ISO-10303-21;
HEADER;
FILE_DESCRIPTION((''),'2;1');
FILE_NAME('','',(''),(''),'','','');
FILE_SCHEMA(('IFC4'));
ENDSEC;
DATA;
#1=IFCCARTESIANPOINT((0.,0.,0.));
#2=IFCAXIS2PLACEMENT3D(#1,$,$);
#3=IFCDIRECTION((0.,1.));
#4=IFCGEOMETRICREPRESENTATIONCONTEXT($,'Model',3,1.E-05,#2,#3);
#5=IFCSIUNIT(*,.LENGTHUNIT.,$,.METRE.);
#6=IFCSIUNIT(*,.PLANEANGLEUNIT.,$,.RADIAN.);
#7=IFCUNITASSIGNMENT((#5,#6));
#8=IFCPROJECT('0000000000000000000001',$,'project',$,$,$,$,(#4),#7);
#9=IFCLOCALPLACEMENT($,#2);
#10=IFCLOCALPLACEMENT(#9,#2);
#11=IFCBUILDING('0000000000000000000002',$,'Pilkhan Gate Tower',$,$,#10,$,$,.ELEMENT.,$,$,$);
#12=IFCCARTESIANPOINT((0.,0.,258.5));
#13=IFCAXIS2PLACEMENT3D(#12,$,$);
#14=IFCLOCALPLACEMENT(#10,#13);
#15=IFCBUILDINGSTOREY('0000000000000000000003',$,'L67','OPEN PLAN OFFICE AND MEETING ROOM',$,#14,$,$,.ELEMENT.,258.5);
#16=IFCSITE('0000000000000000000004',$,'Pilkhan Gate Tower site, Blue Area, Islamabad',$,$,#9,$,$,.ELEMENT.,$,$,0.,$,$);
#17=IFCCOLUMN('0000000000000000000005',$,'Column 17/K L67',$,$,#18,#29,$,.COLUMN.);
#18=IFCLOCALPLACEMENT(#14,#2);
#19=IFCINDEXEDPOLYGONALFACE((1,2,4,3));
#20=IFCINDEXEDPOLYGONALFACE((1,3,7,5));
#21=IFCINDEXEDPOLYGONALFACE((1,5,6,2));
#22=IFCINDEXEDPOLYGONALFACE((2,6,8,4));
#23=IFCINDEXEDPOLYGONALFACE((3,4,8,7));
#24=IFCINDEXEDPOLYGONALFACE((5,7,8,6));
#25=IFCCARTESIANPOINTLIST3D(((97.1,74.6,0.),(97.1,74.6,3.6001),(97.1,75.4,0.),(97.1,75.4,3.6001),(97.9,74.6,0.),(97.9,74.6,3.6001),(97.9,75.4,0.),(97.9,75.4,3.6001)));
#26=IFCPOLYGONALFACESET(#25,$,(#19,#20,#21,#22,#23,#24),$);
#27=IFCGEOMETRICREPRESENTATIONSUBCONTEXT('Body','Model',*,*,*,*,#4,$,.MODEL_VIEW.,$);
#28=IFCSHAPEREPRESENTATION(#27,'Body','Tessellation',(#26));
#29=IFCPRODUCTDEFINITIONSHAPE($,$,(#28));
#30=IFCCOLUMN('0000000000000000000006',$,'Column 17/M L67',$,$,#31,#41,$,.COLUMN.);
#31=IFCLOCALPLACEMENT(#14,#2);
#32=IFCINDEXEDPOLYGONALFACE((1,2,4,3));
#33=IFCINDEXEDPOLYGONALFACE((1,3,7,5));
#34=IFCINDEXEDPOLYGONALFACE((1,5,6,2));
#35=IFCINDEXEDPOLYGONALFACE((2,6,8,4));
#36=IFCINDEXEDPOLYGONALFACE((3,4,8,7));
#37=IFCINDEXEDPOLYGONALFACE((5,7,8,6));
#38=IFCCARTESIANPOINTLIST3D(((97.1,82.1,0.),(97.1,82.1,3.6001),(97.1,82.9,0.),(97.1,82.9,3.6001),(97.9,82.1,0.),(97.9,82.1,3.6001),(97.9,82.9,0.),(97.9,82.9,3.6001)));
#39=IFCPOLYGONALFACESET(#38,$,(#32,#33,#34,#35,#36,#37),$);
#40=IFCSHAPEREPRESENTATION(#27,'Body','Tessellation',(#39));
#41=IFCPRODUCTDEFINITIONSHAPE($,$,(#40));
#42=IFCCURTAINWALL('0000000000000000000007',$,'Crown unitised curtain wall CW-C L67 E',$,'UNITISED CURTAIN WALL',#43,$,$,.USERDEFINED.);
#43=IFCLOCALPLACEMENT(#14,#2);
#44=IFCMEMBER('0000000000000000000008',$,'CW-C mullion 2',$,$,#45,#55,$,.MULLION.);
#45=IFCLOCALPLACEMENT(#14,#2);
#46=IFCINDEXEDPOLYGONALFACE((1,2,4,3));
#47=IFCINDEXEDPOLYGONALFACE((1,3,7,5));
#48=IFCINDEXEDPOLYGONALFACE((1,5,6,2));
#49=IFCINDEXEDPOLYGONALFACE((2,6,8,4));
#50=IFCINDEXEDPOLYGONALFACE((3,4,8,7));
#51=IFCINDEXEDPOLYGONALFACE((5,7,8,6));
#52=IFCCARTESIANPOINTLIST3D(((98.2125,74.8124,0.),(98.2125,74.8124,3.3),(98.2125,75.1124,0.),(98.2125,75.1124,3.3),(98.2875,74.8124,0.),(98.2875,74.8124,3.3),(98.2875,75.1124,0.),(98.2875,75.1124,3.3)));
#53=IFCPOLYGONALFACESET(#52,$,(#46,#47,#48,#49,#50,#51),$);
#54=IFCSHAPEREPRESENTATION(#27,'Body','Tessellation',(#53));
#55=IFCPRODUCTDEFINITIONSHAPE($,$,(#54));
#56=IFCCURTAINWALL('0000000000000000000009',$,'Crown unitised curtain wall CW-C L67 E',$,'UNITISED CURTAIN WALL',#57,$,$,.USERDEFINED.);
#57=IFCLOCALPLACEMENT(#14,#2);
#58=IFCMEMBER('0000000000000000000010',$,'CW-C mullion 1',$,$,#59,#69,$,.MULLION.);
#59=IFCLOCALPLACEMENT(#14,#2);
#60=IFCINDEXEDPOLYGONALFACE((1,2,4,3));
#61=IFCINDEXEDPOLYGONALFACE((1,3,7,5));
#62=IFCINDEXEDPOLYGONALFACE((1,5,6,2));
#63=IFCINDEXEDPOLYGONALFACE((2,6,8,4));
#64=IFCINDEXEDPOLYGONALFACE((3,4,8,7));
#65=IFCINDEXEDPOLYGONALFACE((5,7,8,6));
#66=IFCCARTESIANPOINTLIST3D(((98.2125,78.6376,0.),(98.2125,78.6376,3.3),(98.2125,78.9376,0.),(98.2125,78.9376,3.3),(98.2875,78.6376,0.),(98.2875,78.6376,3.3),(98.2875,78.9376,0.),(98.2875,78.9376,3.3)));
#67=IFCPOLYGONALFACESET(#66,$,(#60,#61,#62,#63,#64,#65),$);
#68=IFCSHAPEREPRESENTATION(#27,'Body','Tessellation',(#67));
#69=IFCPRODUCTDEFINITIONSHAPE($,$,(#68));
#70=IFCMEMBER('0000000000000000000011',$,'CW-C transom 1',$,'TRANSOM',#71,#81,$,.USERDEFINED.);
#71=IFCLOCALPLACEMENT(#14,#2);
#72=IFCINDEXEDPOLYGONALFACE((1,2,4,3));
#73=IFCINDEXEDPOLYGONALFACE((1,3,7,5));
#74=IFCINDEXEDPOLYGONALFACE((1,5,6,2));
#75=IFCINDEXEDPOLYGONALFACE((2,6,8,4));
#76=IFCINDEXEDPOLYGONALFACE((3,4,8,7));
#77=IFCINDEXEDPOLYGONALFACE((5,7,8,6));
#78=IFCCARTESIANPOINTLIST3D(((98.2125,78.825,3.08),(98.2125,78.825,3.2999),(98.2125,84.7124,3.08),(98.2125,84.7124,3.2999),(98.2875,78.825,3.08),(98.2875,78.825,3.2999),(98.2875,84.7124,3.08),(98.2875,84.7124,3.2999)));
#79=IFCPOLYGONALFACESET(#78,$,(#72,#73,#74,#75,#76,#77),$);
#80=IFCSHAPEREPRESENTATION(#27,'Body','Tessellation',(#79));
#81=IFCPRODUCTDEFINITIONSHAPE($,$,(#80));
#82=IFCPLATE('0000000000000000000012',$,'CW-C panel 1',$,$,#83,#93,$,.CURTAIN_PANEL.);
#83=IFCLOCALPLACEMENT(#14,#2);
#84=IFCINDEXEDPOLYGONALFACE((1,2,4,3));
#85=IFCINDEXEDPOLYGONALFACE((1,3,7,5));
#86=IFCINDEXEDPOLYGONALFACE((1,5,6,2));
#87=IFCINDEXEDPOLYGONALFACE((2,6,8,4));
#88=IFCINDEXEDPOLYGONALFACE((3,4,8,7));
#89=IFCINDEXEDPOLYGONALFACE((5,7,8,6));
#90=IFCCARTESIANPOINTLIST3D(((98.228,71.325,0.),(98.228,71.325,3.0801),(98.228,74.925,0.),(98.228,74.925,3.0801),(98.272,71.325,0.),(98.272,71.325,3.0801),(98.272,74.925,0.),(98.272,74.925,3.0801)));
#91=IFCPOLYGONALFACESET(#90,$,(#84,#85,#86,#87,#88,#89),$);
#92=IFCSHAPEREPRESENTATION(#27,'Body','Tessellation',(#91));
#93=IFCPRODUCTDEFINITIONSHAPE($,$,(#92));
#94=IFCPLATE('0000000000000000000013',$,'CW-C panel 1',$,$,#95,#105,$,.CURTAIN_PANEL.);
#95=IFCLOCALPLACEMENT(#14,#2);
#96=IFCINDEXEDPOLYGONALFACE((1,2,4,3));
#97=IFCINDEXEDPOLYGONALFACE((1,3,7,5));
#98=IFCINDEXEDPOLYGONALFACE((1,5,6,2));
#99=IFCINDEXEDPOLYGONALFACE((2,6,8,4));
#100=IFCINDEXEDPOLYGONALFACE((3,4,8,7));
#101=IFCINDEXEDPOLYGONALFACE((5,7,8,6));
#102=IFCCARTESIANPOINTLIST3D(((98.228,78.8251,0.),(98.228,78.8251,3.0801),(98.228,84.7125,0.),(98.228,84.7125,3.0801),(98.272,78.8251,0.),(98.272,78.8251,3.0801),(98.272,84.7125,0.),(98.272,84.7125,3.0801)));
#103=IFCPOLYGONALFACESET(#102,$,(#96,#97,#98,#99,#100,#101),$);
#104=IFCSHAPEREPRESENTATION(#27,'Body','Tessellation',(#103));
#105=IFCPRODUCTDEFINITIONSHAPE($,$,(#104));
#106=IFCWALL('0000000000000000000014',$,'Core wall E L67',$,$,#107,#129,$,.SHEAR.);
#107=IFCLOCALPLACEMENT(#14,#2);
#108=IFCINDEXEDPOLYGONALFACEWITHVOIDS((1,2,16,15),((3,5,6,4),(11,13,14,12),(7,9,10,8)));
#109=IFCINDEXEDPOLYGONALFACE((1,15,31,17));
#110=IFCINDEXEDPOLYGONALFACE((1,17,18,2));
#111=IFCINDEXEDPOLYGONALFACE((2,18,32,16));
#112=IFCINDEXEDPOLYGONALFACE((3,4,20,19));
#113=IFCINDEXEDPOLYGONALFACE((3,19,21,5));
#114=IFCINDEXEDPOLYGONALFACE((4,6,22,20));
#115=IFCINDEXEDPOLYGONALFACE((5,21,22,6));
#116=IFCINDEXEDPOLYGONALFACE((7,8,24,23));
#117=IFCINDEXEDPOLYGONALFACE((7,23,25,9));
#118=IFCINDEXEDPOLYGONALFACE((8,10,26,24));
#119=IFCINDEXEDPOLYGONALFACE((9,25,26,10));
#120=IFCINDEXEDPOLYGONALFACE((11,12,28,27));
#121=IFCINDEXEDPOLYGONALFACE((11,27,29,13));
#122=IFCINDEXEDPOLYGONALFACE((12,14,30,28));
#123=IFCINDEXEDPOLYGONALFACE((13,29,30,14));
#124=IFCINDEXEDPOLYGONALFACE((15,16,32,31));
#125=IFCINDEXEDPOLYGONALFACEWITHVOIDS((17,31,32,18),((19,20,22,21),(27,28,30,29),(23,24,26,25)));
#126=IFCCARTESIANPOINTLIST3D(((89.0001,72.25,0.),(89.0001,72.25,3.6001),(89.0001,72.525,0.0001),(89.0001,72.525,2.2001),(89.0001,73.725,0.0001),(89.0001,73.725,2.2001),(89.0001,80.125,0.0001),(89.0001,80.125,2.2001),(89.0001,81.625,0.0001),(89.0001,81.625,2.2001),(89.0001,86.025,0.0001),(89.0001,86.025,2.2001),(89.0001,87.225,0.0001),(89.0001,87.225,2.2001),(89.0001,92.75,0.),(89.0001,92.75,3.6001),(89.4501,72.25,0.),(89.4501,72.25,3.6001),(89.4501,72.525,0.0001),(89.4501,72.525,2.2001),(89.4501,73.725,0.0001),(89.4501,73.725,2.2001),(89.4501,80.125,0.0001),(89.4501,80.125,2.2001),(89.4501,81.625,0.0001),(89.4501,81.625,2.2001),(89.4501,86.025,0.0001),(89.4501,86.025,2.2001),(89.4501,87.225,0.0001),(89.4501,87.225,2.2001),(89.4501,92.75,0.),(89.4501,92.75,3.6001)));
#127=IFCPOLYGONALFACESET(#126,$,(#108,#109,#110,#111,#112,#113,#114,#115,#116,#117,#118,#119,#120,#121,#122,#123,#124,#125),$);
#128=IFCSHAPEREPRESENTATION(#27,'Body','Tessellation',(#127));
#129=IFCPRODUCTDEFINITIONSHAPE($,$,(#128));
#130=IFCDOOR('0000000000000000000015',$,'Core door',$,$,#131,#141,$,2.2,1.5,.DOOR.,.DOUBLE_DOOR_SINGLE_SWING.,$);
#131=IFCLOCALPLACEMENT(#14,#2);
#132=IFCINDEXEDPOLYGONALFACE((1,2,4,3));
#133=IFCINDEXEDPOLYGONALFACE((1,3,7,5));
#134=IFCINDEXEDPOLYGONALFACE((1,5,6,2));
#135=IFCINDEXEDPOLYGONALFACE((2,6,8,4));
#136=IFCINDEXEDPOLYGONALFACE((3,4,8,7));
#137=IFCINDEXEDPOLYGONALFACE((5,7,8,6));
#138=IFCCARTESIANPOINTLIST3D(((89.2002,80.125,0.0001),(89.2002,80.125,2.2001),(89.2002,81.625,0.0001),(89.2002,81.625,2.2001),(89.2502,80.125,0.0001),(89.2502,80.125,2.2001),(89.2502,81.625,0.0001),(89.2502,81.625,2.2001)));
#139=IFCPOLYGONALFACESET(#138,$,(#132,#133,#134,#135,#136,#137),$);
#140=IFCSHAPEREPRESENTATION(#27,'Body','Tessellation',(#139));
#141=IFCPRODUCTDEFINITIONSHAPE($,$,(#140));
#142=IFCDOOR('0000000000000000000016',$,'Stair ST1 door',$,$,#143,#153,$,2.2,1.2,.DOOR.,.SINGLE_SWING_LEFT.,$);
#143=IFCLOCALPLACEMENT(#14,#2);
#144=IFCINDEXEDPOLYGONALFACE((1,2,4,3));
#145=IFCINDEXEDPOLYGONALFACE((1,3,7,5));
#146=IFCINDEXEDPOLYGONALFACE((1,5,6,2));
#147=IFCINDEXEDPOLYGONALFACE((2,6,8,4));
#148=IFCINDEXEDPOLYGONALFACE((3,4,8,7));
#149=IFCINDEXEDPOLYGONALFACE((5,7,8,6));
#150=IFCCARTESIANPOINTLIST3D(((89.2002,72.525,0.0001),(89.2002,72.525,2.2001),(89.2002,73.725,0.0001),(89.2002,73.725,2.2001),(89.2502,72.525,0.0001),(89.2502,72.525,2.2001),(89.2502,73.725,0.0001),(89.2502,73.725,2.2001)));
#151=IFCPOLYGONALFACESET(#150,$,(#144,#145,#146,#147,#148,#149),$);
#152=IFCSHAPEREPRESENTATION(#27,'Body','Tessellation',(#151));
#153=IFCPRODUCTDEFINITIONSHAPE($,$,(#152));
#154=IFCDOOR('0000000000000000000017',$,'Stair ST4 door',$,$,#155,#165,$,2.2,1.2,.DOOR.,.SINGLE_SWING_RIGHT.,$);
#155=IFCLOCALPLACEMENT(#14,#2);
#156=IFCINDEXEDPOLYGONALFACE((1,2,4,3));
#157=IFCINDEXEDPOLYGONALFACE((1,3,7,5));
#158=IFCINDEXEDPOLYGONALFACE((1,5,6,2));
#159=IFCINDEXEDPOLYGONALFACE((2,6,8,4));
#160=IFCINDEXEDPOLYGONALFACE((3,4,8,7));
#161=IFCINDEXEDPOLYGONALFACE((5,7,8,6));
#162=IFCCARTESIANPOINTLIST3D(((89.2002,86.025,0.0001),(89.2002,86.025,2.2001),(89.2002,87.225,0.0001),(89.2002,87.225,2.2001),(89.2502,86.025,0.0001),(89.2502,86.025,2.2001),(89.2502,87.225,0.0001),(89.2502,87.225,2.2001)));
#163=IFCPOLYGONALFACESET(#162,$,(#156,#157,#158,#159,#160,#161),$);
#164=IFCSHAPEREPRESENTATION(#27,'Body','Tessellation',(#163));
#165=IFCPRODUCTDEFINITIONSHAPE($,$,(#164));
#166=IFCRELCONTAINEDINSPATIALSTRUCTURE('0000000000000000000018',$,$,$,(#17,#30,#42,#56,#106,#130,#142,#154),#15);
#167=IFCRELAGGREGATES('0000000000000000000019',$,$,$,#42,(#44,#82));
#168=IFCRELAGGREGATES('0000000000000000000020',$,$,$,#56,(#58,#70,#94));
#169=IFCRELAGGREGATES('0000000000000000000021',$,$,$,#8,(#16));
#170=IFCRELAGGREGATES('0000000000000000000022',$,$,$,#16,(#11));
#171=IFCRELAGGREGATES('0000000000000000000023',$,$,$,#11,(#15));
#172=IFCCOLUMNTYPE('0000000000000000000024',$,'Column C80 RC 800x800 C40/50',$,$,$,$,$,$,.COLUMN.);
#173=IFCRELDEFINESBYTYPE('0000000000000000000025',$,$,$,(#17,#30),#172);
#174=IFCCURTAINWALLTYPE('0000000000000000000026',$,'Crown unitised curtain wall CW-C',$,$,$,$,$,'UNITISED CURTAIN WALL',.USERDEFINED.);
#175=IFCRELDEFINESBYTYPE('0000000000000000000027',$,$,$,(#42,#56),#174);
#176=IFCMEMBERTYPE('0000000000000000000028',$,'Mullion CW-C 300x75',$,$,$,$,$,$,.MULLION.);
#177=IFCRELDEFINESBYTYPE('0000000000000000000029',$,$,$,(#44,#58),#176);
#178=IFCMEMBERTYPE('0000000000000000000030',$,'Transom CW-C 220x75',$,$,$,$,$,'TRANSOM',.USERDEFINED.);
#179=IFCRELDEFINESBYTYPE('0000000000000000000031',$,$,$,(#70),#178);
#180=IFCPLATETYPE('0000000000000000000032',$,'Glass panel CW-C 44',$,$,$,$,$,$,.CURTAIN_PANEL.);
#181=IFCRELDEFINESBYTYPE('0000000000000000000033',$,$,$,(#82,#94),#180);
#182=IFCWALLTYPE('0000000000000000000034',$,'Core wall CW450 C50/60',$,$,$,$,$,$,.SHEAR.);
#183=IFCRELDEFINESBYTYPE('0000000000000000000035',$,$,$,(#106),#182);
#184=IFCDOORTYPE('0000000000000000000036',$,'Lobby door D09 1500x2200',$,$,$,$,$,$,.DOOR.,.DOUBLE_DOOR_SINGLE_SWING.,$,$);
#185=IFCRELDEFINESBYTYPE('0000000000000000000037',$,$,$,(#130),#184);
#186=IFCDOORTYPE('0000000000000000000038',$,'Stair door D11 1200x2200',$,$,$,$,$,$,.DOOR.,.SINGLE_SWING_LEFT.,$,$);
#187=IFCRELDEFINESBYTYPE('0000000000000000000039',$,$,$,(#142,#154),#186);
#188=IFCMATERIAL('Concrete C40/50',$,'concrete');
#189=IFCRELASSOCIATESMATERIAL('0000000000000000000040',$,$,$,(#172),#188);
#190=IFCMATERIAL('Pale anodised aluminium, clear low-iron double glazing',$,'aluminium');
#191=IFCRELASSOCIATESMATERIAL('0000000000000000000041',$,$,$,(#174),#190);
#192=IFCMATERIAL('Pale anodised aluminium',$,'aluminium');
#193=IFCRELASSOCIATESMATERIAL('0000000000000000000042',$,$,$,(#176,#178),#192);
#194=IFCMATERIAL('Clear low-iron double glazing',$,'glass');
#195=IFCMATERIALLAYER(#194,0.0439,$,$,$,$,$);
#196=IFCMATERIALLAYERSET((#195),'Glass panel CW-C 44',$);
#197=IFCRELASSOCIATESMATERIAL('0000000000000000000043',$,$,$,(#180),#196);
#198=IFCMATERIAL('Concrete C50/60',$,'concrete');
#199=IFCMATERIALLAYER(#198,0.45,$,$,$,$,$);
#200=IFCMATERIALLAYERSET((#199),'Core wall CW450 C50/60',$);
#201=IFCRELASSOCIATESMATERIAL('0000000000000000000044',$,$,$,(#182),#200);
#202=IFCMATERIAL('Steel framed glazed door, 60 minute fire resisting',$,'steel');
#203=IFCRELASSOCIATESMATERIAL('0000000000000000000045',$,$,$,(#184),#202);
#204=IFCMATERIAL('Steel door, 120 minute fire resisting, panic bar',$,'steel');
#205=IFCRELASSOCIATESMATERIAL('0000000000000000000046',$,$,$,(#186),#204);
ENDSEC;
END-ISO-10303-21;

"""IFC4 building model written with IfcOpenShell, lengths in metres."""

from ifc_helpers import new_model, si_unit, direction, frame, frame_2d, origin, origin_2d, place, context, subcontext, project, spatial, rectangle, extrude, material, layer, layer_set, material_profile, profile_set, type_object, element, fill, aggregate, save


model = new_model("IFC4")

# Units and contexts
model_context = context("Model", 3, precision=1e-05, world=origin(), true_north=direction((0.0, 1.0)))
body_context = subcontext(model_context, "Body", "Model", "MODEL_VIEW")
ifc_project = project(units=[si_unit("LENGTHUNIT", "METRE"), si_unit("PLANEANGLEUNIT", "RADIAN")], contexts=[model_context])

# Site, building, storey
site_placement = place(None, origin())
site = spatial("IfcSite", under=ifc_project, at=site_placement, Name="Pilkhan Gate Tower site, Blue Area, Islamabad", CompositionType="ELEMENT", RefElevation=0.0)
building_placement = place(site_placement, origin())
building = spatial("IfcBuilding", under=site, at=building_placement, Name="Pilkhan Gate Tower", CompositionType="ELEMENT")
storey_placement = place(building_placement, frame((0.0, 0.0, 258.5)))
storey = spatial("IfcBuildingStorey", under=building, at=storey_placement, Name="L67", Description="OPEN PLAN OFFICE AND MEETING ROOM", CompositionType="ELEMENT", Elevation=258.5)

# Columns
ifc_material_1 = material(Name="Concrete C40/50", Category="concrete")
ifc_material_profile_1 = material_profile(ifc_material_1, rectangle(XDim=0.8, YDim=0.8, at=origin_2d()), Name="RC 800x800")
ifc_profile_set_1 = profile_set([ifc_material_profile_1], Name="Concrete C40/50")
column_type = type_object("IfcColumnType", Name="Column C80 RC 800x800 C40/50", PredefinedType="COLUMN", material=ifc_profile_set_1)
for number, where, z_axis, x_axis, name in (
    (1, (97.5, 75.0, 0.0), (0.0, 0.0, 1.0), (1.0, 0.0, 0.0), "Column 17/K L67"),
    (2, (97.5, 82.5, 0.0), (0.0, 0.0, 1.0), (1.0, 0.0, 0.0), "Column 17/M L67"),
):
    element("IfcColumn", number, at=place(storey_placement, frame(where, z_axis=z_axis, x_axis=x_axis)), inside=storey, type_object=column_type, Name=name, PredefinedType="COLUMN", context=body_context, shape_type="SweptSolid", body=[
        extrude(rectangle(XDim=0.8, YDim=0.8, at=origin_2d()), origin(), (0.0, 0.0, 1.0), 3.6001),
    ])

# Curtain wall, member
ifc_material_2 = material(Name="Pale anodised aluminium, clear low-iron double glazing", Category="aluminium")
curtain_wall_type = type_object("IfcCurtainWallType", Name="Crown unitised curtain wall CW-C", ElementType="UNITISED CURTAIN WALL", PredefinedType="USERDEFINED", material=ifc_material_2)
curtain_wall_1_placement = place(storey_placement, origin())
curtain_wall_1 = element("IfcCurtainWall", 3, at=curtain_wall_1_placement, inside=storey, type_object=curtain_wall_type, Name="Crown unitised curtain wall CW-C L67 E", ObjectType="UNITISED CURTAIN WALL", PredefinedType="USERDEFINED")
ifc_material_3 = material(Name="Pale anodised aluminium", Category="aluminium")
ifc_material_profile_2 = material_profile(ifc_material_3, rectangle(XDim=0.075, YDim=0.3, at=origin_2d()), Name="Mullion 300x75")
ifc_profile_set_2 = profile_set([ifc_material_profile_2], Name="Pale anodised aluminium")
member_type_1 = type_object("IfcMemberType", Name="Mullion CW-C 300x75", PredefinedType="MULLION", material=ifc_profile_set_2)
member_1_placement = place(storey_placement, frame((98.25, 74.9624, 0.0), z_axis=(0.0, 0.0, 1.0), x_axis=(-1.0, 0.0, 0.0)))
member_1 = element("IfcMember", 4, at=member_1_placement, type_object=member_type_1, Name="CW-C mullion 2", PredefinedType="MULLION", context=body_context, shape_type="SweptSolid", body=[
    extrude(rectangle(XDim=0.075, YDim=0.3, at=origin_2d()), origin(), (0.0, 0.0, 1.0), 3.3),
])

# Curtain wall, members
curtain_wall_2_placement = place(storey_placement, origin())
curtain_wall_2 = element("IfcCurtainWall", 5, at=curtain_wall_2_placement, inside=storey, type_object=curtain_wall_type, Name="Crown unitised curtain wall CW-C L67 E", ObjectType="UNITISED CURTAIN WALL", PredefinedType="USERDEFINED")
member_2_placement = place(storey_placement, frame((98.25, 78.7876, 0.0), z_axis=(0.0, 0.0, 1.0), x_axis=(-1.0, 0.0, 0.0)))
member_2 = element("IfcMember", 6, at=member_2_placement, type_object=member_type_1, Name="CW-C mullion 1", PredefinedType="MULLION", context=body_context, shape_type="SweptSolid", body=[
    extrude(rectangle(XDim=0.075, YDim=0.3, at=origin_2d()), origin(), (0.0, 0.0, 1.0), 3.3),
])
ifc_material_profile_3 = material_profile(ifc_material_3, rectangle(XDim=0.075, YDim=0.22, at=origin_2d()), Name="Transom 220x75")
ifc_profile_set_3 = profile_set([ifc_material_profile_3], Name="Pale anodised aluminium")
member_type_2 = type_object("IfcMemberType", Name="Transom CW-C 220x75", ElementType="TRANSOM", PredefinedType="USERDEFINED", material=ifc_profile_set_3)
member_3_placement = place(storey_placement, frame((98.25, 78.825, 3.1899), z_axis=(0.0, 1.0, 0.0), x_axis=(-1.0, 0.0, 0.0)))
member_3 = element("IfcMember", 7, at=member_3_placement, type_object=member_type_2, Name="CW-C transom 1", ObjectType="TRANSOM", PredefinedType="USERDEFINED", context=body_context, shape_type="SweptSolid", body=[
    extrude(rectangle(XDim=0.075, YDim=0.22, at=origin_2d()), origin(), (0.0, 0.0, 1.0), 5.8875),
])

# Plates
ifc_material_4 = material(Name="Clear low-iron double glazing", Category="glass")
ifc_layer_1 = layer(ifc_material_4, 0.0439)
ifc_layer_set_1 = layer_set([ifc_layer_1], Name="Glass panel CW-C 44")
plate_type = type_object("IfcPlateType", Name="Glass panel CW-C 44", PredefinedType="CURTAIN_PANEL", material=ifc_layer_set_1)
plate_1_placement = place(storey_placement, frame((98.25, 73.125, 0.0), z_axis=(0.0, 0.0, 1.0), x_axis=(0.0, 1.0, 0.0)))
plate_1 = element("IfcPlate", 8, at=plate_1_placement, type_object=plate_type, Name="CW-C panel 1", PredefinedType="CURTAIN_PANEL", context=body_context, shape_type="SweptSolid", body=[
    extrude(rectangle(XDim=3.6001, YDim=0.0439, at=origin_2d()), origin(), (0.0, 0.0, 1.0), 3.0801),
])
aggregate(curtain_wall_1, [member_1, plate_1])
plate_2_placement = place(storey_placement, frame((98.25, 81.7688, 0.0), z_axis=(0.0, 0.0, 1.0), x_axis=(0.0, 1.0, 0.0)))
plate_2 = element("IfcPlate", 9, at=plate_2_placement, type_object=plate_type, Name="CW-C panel 1", PredefinedType="CURTAIN_PANEL", context=body_context, shape_type="SweptSolid", body=[
    extrude(rectangle(XDim=5.8875, YDim=0.0439, at=origin_2d()), origin(), (0.0, 0.0, 1.0), 3.0801),
])
aggregate(curtain_wall_2, [member_2, member_3, plate_2])

# Wall, openings, doors
ifc_material_5 = material(Name="Concrete C50/60", Category="concrete")
ifc_layer_2 = layer(ifc_material_5, 0.45)
ifc_layer_set_2 = layer_set([ifc_layer_2], Name="Core wall CW450 C50/60")
wall_type_1 = type_object("IfcWallType", Name="Core wall CW450 C50/60", PredefinedType="SHEAR", material=ifc_layer_set_2)
wall_1_placement = place(storey_placement, frame((89.2251, 72.25, 0.0), z_axis=(0.0, 0.0, 1.0), x_axis=(0.0, 1.0, 0.0)))
wall_1 = element("IfcWall", 10, at=wall_1_placement, inside=storey, type_object=wall_type_1, Name="Core wall E L67", PredefinedType="SHEAR", context=body_context, shape_type="SweptSolid", body=[
    extrude(rectangle(XDim=20.5, YDim=0.45, at=frame_2d((10.25, 0.0))), origin(), (0.0, 0.0, 1.0), 3.6001),
])
opening_1_placement = place(wall_1_placement, frame((0.2749, 0.0, 0.0)))
opening_1 = element("IfcOpeningElement", 11, at=opening_1_placement, cuts=wall_1, PredefinedType="OPENING", context=body_context, shape_type="SweptSolid", body=[
    extrude(rectangle(XDim=1.2, YDim=2.2, at=frame_2d((0.6001, 1.1001))), frame((0.0, 0.2349, 0.0), z_axis=(0.0, -1.0, 0.0), x_axis=(1.0, 0.0, 0.0)), (0.0, 0.0, 1.0), 0.47),
])
opening_2_placement = place(wall_1_placement, frame((13.7749, 0.0, 0.0)))
opening_2 = element("IfcOpeningElement", 12, at=opening_2_placement, cuts=wall_1, PredefinedType="OPENING", context=body_context, shape_type="SweptSolid", body=[
    extrude(rectangle(XDim=1.2, YDim=2.2, at=frame_2d((0.6001, 1.1001))), frame((0.0, 0.2349, 0.0), z_axis=(0.0, -1.0, 0.0), x_axis=(1.0, 0.0, 0.0)), (0.0, 0.0, 1.0), 0.47),
])
opening_3_placement = place(wall_1_placement, frame((7.875, 0.0, 0.0)))
opening_3 = element("IfcOpeningElement", 13, at=opening_3_placement, cuts=wall_1, PredefinedType="OPENING", context=body_context, shape_type="SweptSolid", body=[
    extrude(rectangle(XDim=1.5, YDim=2.2, at=frame_2d((0.75, 1.1001))), frame((0.0, 0.2349, 0.0), z_axis=(0.0, -1.0, 0.0), x_axis=(1.0, 0.0, 0.0)), (0.0, 0.0, 1.0), 0.47),
])
ifc_material_6 = material(Name="Steel framed glazed door, 60 minute fire resisting", Category="steel")
door_type_1 = type_object("IfcDoorType", Name="Lobby door D09 1500x2200", OperationType="DOUBLE_DOOR_SINGLE_SWING", PredefinedType="DOOR", material=ifc_material_6)
door_1_placement = place(opening_3_placement, origin())
door_1 = element("IfcDoor", 14, at=door_1_placement, inside=storey, type_object=door_type_1, Name="Core door", OperationType="DOUBLE_DOOR_SINGLE_SWING", OverallHeight=2.2, OverallWidth=1.5, PredefinedType="DOOR", context=body_context, shape_type="SweptSolid", body=[
    extrude(rectangle(XDim=1.5, YDim=2.2, at=frame_2d((0.75, 1.1001))), frame((0.0, 0.0249, 0.0), z_axis=(0.0, -1.0, 0.0), x_axis=(1.0, 0.0, 0.0)), (0.0, 0.0, 1.0), 0.05),
])
fill(opening_3, door_1)
ifc_material_7 = material(Name="Steel door, 120 minute fire resisting, panic bar", Category="steel")
door_type_2 = type_object("IfcDoorType", Name="Stair door D11 1200x2200", OperationType="SINGLE_SWING_LEFT", PredefinedType="DOOR", material=ifc_material_7)
door_2_placement = place(opening_1_placement, origin())
door_2 = element("IfcDoor", 15, at=door_2_placement, inside=storey, type_object=door_type_2, Name="Stair ST1 door", OperationType="SINGLE_SWING_LEFT", OverallHeight=2.2, OverallWidth=1.2, PredefinedType="DOOR", context=body_context, shape_type="SweptSolid", body=[
    extrude(rectangle(XDim=1.2, YDim=2.2, at=frame_2d((0.6001, 1.1001))), frame((0.0, 0.0249, 0.0), z_axis=(0.0, -1.0, 0.0), x_axis=(1.0, 0.0, 0.0)), (0.0, 0.0, 1.0), 0.05),
])
fill(opening_1, door_2)
door_3_placement = place(opening_2_placement, origin())
door_3 = element("IfcDoor", 16, at=door_3_placement, inside=storey, type_object=door_type_2, Name="Stair ST4 door", OperationType="SINGLE_SWING_RIGHT", OverallHeight=2.2, OverallWidth=1.2, PredefinedType="DOOR", context=body_context, shape_type="SweptSolid", body=[
    extrude(rectangle(XDim=1.2, YDim=2.2, at=frame_2d((0.6001, 1.1001))), frame((0.0, 0.0249, 0.0), z_axis=(0.0, -1.0, 0.0), x_axis=(1.0, 0.0, 0.0)), (0.0, 0.0, 1.0), 0.05),
])
fill(opening_2, door_3)

save(model, "model.ifc")
